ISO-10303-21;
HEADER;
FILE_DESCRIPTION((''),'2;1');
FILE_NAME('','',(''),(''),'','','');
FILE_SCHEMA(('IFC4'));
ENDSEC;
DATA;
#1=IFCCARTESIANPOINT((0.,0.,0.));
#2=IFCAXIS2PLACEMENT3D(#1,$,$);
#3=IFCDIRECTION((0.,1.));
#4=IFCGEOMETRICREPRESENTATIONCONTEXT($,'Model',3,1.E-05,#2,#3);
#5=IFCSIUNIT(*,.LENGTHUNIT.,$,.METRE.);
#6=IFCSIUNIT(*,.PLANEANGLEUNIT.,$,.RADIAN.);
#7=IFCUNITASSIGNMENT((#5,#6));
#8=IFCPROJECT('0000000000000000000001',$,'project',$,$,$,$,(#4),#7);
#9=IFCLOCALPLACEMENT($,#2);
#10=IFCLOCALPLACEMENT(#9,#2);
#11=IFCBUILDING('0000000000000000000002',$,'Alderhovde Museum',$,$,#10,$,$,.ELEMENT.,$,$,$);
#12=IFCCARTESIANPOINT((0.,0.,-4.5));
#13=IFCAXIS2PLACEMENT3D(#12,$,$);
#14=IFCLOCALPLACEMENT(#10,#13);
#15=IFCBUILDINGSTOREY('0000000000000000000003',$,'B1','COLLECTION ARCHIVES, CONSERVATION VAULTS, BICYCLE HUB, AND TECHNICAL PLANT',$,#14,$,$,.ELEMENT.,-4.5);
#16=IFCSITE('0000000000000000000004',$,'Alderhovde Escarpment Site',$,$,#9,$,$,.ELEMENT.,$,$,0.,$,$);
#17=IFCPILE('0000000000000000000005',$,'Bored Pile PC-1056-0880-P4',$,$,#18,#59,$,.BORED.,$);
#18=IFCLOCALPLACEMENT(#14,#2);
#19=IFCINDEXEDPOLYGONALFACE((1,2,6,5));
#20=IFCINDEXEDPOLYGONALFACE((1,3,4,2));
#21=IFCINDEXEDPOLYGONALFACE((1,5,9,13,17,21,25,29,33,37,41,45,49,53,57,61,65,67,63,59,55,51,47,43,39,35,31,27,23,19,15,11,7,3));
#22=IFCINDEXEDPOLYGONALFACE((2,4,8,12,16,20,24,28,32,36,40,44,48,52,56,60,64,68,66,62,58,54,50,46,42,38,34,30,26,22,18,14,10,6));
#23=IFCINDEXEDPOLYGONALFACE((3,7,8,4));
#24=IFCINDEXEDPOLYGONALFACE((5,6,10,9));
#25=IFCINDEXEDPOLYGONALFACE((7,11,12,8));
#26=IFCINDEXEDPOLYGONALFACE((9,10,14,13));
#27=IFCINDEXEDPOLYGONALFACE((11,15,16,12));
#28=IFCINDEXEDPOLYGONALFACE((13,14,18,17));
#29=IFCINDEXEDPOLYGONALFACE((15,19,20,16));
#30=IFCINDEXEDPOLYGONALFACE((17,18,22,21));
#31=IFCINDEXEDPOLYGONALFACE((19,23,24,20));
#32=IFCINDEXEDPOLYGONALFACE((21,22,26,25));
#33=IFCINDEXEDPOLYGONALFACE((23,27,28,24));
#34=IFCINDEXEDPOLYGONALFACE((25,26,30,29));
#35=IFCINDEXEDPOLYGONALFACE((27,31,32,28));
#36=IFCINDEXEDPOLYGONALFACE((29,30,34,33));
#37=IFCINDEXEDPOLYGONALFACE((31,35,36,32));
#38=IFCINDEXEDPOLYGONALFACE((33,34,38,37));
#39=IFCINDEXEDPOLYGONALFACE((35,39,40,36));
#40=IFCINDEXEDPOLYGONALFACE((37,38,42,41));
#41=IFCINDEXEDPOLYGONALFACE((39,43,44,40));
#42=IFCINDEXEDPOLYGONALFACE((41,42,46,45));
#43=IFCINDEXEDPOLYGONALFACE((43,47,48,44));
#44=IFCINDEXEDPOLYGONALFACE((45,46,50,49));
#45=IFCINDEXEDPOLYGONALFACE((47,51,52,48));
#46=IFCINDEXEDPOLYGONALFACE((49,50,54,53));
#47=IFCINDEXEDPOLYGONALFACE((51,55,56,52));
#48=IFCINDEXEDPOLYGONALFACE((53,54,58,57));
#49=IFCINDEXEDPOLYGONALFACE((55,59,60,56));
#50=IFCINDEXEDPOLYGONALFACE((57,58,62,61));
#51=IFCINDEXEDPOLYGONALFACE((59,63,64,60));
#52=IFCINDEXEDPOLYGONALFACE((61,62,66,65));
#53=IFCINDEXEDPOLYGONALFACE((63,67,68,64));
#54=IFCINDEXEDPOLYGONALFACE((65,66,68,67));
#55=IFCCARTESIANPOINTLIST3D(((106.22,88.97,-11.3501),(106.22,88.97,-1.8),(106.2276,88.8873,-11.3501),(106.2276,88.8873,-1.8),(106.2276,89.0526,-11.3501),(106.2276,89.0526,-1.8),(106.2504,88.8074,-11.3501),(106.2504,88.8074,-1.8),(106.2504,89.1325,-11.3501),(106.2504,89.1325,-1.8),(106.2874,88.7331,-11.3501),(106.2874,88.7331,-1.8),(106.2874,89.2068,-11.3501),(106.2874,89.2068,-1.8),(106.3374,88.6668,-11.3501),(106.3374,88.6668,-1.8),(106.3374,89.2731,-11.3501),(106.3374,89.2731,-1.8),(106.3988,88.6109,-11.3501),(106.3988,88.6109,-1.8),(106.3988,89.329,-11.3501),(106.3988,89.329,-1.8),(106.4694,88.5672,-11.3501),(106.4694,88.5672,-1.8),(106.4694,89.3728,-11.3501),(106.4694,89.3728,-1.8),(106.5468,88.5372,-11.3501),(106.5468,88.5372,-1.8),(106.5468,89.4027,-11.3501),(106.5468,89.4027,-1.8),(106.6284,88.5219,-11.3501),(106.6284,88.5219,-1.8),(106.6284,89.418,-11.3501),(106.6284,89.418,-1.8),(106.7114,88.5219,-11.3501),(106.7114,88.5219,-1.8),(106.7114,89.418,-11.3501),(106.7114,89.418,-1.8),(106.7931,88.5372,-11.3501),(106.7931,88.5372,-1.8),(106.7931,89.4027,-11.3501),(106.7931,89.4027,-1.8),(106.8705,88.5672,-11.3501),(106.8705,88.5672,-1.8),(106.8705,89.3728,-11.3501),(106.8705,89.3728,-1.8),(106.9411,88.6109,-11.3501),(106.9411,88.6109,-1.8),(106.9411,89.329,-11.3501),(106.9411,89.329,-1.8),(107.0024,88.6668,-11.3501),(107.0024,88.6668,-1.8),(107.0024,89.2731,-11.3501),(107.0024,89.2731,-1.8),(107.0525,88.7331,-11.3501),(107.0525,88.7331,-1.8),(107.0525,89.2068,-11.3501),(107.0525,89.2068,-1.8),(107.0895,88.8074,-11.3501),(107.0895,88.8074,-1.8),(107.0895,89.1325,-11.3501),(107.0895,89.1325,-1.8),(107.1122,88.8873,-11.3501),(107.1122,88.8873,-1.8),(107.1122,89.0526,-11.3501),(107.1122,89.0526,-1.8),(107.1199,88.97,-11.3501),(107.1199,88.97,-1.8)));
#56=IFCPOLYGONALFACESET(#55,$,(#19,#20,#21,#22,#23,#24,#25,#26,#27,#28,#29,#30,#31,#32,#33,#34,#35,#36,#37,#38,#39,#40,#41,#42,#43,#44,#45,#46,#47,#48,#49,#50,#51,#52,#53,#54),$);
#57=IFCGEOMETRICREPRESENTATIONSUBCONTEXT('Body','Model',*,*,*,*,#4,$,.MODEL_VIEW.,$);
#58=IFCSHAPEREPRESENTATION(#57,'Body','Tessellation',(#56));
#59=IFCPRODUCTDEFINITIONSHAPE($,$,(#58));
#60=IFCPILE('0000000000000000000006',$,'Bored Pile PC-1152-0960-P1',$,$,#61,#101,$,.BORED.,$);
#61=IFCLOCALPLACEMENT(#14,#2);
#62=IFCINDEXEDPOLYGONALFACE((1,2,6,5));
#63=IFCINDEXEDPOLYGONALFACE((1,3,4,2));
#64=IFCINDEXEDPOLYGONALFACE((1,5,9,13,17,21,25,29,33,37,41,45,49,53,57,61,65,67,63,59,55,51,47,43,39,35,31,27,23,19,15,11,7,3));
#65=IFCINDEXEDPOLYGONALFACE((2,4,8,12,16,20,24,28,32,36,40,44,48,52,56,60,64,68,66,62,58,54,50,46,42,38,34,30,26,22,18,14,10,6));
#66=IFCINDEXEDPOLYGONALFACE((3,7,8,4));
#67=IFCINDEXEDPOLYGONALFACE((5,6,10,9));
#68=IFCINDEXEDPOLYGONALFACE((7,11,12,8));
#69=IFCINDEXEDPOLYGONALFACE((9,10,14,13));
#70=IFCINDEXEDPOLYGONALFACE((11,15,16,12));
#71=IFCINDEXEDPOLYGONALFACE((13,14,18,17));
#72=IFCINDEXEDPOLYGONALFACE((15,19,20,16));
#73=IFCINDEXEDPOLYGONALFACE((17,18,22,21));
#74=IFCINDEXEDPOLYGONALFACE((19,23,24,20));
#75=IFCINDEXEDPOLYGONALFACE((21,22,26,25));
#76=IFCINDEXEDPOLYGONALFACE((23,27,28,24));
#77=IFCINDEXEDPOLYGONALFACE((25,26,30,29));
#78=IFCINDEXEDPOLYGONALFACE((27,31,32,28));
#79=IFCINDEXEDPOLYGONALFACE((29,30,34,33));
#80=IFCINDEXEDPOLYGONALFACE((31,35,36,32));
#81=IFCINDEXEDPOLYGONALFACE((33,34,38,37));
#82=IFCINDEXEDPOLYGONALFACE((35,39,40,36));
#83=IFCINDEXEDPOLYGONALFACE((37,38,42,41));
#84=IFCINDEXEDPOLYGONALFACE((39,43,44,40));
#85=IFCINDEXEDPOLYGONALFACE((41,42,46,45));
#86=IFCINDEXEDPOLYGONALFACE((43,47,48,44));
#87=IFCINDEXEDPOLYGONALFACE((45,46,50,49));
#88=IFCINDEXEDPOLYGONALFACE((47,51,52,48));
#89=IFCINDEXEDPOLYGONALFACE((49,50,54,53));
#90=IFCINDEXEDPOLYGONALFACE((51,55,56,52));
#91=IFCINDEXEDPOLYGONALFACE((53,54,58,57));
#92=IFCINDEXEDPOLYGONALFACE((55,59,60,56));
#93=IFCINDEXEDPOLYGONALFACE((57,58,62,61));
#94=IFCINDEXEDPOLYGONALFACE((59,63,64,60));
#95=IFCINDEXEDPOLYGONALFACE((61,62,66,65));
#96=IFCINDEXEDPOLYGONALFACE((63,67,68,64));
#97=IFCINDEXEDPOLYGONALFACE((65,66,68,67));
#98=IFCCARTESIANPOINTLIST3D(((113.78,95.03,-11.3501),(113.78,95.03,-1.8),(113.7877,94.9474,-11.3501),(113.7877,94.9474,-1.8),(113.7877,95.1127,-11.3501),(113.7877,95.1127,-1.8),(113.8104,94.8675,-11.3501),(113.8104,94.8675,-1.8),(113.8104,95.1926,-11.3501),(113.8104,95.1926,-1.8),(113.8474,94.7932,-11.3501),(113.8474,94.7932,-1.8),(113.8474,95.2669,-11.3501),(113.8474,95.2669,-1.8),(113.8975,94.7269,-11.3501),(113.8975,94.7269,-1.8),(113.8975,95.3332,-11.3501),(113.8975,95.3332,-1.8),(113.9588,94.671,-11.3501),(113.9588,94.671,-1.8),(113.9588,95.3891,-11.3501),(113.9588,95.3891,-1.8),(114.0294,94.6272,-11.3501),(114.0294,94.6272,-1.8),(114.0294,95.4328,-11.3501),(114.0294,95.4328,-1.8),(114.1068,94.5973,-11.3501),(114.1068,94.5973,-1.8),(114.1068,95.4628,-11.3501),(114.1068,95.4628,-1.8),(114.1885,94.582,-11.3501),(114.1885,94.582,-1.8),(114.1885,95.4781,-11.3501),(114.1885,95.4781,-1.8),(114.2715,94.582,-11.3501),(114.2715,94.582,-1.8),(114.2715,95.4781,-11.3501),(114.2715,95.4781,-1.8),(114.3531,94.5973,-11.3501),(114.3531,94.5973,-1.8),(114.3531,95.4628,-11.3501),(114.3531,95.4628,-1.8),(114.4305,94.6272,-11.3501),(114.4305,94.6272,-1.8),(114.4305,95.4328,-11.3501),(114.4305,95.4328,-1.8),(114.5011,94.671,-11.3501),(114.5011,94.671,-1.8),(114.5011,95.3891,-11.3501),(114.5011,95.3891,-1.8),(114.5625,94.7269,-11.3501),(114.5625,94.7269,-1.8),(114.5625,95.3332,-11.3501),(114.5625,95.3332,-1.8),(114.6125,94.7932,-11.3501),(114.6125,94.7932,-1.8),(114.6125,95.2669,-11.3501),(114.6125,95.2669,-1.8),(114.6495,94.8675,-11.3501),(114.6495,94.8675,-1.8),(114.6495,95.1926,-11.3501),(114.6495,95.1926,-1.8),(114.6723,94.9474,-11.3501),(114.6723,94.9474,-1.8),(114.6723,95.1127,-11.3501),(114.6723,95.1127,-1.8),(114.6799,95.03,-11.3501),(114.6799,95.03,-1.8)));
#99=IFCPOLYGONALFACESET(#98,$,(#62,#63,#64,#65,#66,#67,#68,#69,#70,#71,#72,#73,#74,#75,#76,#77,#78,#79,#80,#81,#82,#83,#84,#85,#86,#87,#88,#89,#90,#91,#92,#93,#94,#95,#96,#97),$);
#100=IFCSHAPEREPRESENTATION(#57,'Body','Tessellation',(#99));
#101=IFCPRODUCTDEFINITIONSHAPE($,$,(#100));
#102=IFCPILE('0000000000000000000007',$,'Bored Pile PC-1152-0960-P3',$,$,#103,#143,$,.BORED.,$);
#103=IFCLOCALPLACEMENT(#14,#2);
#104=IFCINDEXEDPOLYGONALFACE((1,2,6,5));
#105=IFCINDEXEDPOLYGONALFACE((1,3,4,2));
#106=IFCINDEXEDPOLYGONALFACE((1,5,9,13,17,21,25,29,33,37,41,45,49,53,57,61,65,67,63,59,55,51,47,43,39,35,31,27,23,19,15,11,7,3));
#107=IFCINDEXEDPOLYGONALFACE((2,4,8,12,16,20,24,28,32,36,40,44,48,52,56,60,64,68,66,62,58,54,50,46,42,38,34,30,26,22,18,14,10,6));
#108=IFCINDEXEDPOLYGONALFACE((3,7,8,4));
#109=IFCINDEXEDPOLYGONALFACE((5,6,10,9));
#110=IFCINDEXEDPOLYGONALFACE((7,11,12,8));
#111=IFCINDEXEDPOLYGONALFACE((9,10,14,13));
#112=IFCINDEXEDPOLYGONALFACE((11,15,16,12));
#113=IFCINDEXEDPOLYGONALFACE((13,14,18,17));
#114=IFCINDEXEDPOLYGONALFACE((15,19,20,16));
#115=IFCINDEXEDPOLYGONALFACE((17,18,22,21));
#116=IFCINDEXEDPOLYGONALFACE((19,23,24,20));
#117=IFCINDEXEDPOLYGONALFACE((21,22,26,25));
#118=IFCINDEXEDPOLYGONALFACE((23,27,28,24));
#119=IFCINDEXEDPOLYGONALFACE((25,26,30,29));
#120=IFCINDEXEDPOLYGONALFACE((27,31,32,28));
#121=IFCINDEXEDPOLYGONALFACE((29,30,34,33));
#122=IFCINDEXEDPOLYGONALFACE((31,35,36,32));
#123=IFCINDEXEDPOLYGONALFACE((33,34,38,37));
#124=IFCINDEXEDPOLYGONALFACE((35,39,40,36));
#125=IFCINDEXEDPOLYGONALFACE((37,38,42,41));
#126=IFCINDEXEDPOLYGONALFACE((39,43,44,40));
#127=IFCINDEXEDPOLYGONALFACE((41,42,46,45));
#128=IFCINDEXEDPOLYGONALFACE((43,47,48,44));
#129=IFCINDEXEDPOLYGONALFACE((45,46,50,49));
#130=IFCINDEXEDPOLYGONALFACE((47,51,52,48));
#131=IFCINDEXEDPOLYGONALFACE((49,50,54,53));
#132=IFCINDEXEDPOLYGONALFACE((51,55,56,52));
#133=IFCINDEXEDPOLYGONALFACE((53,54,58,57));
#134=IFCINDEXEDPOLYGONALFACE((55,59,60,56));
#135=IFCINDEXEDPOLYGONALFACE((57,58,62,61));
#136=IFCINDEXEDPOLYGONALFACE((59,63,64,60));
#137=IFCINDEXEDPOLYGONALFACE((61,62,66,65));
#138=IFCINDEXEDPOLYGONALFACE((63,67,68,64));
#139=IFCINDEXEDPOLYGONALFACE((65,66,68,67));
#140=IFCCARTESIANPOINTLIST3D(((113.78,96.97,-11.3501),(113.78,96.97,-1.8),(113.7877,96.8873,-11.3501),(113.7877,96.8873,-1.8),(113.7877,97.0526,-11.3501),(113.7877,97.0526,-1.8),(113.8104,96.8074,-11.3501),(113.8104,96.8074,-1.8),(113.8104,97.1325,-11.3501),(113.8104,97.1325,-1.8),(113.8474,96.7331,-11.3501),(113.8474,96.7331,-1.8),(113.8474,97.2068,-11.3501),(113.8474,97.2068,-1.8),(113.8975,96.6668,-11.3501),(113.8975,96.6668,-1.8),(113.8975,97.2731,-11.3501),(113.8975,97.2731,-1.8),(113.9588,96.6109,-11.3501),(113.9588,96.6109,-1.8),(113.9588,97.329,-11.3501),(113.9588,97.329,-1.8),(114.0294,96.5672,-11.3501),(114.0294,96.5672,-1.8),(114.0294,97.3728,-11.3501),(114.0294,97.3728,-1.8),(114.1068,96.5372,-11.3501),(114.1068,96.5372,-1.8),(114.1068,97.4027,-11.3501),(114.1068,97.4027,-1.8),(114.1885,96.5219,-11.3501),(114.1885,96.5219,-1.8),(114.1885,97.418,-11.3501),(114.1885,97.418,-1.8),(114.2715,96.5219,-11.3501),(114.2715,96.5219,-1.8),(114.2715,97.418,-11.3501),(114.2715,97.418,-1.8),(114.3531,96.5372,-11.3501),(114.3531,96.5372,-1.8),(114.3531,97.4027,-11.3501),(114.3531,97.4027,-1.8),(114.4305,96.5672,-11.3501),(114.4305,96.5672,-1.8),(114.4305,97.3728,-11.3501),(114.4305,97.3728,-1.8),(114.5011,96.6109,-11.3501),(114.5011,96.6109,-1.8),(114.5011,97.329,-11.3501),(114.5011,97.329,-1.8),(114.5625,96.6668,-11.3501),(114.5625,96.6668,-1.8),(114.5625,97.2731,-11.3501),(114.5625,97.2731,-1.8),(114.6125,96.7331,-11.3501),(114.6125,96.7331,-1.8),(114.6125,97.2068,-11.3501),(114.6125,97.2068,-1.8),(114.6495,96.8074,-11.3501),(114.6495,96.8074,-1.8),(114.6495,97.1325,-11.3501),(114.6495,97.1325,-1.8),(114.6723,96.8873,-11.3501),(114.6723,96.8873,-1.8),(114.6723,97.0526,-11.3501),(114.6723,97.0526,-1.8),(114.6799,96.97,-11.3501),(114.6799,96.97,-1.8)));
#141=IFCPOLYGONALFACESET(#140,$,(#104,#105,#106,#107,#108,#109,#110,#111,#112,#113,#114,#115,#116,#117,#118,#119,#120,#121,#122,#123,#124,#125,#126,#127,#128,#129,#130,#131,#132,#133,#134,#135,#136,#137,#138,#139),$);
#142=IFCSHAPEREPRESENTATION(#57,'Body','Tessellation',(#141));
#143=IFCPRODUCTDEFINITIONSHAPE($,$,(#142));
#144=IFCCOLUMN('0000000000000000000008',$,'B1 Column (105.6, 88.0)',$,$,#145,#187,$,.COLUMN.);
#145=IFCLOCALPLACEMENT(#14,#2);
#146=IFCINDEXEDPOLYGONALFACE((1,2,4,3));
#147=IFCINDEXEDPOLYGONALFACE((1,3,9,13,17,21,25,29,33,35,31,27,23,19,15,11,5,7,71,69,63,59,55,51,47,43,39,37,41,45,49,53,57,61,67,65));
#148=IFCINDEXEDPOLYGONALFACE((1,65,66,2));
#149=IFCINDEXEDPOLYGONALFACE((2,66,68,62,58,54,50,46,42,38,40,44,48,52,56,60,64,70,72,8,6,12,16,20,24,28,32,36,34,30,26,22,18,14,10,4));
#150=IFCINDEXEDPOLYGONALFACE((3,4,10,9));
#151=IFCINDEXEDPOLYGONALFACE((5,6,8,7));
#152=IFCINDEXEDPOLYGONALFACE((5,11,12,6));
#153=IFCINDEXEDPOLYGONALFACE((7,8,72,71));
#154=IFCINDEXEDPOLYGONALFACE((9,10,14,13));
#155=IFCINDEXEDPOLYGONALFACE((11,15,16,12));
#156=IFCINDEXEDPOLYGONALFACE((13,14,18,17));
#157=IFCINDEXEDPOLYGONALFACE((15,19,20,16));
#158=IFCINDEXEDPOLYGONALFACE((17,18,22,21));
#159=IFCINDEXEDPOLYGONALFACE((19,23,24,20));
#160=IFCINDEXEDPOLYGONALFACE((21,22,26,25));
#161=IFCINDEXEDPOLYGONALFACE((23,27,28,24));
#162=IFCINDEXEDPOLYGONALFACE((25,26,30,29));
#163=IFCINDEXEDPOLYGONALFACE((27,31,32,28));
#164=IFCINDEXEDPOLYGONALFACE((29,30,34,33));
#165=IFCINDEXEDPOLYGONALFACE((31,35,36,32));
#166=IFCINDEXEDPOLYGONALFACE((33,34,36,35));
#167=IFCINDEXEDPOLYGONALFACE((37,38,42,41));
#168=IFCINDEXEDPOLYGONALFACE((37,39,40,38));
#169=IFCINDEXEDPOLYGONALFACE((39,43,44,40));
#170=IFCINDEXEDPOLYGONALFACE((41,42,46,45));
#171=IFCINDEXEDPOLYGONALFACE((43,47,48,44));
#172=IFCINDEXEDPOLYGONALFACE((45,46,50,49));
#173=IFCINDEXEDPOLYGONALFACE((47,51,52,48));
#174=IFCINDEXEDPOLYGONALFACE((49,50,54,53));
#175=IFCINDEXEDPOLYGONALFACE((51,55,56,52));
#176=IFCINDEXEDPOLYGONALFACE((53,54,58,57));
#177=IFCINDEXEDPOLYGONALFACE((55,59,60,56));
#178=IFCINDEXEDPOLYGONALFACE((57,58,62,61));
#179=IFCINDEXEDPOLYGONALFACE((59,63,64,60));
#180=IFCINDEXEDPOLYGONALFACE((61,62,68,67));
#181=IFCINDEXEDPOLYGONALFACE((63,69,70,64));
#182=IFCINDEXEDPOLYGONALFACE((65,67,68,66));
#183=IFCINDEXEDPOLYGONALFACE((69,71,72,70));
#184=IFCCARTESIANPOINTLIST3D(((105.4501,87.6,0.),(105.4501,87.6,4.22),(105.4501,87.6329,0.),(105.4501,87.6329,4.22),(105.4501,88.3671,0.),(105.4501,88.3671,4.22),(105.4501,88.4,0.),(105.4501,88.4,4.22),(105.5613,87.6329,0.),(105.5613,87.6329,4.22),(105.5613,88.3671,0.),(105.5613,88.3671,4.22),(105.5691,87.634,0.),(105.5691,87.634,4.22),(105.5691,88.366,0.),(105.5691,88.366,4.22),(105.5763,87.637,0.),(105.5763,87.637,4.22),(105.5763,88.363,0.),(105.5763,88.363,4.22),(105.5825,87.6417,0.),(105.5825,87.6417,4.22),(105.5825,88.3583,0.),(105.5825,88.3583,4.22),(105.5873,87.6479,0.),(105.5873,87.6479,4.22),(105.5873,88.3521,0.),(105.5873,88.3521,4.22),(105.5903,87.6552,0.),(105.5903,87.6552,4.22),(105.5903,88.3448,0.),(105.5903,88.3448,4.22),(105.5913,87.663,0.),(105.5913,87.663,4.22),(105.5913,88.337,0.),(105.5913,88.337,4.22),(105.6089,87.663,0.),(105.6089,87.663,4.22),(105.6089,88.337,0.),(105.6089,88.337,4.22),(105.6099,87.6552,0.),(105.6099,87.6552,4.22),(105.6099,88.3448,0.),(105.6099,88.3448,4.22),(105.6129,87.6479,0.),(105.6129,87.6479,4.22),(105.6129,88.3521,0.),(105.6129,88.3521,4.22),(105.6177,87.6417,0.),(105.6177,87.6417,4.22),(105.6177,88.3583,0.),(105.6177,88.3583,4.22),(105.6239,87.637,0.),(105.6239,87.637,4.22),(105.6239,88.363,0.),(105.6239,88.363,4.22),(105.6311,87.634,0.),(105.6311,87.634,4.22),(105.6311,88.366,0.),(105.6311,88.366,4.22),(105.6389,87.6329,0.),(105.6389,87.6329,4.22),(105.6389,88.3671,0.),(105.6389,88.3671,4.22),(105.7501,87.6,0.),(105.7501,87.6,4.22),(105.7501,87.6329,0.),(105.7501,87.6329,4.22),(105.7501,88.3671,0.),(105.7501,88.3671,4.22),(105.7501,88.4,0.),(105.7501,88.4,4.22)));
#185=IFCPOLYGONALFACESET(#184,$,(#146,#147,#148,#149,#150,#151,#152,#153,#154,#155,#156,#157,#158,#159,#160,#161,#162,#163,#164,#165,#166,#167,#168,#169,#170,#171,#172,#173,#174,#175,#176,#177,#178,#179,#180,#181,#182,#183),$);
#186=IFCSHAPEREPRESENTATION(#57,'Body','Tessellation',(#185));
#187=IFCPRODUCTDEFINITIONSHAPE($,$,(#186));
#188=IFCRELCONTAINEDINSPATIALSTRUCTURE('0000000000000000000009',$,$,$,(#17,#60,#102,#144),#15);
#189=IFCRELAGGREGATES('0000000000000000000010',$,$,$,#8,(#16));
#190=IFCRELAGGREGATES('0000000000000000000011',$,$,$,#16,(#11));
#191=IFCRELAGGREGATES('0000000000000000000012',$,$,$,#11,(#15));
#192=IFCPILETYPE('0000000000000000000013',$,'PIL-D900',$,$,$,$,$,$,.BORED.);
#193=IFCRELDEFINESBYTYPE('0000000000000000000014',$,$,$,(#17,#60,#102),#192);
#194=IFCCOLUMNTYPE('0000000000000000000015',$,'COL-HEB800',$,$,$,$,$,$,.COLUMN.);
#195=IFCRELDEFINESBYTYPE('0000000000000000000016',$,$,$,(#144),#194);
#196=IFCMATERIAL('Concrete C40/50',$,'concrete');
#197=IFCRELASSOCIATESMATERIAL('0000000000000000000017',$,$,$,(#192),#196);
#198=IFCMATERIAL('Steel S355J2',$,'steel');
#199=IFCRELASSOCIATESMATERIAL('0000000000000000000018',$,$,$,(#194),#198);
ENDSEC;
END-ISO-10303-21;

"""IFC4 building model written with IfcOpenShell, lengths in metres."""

from ifc_helpers import new_model, si_unit, direction, frame, origin, origin_2d, place, context, subcontext, project, spatial, circle, i_section, extrude, material, material_profile, profile_set, type_object, element, save


model = new_model("IFC4")

# Units and contexts
model_context = context("Model", 3, precision=1e-05, world=origin(), true_north=direction((0.0, 1.0)))
body_context = subcontext(model_context, "Body", "Model", "MODEL_VIEW")
ifc_project = project(units=[si_unit("LENGTHUNIT", "METRE"), si_unit("PLANEANGLEUNIT", "RADIAN")], contexts=[model_context])

# Site, building, storey
site_placement = place(None, origin())
site = spatial("IfcSite", under=ifc_project, at=site_placement, Name="Alderhovde Escarpment Site", CompositionType="ELEMENT", RefElevation=0.0)
building_placement = place(site_placement, origin())
building = spatial("IfcBuilding", under=site, at=building_placement, Name="Alderhovde Museum", CompositionType="ELEMENT")
storey_placement = place(building_placement, frame((0.0, 0.0, -4.5)))
storey = spatial("IfcBuildingStorey", under=building, at=storey_placement, Name="B1", Description="COLLECTION ARCHIVES, CONSERVATION VAULTS, BICYCLE HUB, AND TECHNICAL PLANT", CompositionType="ELEMENT", Elevation=-4.5)

# Piles
ifc_material_1 = material(Name="Concrete C40/50", Category="concrete")
ifc_material_profile_1 = material_profile(ifc_material_1, circle(Radius=0.45, at=origin_2d()), Name="PILE-D900")
ifc_profile_set_1 = profile_set([ifc_material_profile_1], Name="Concrete C40/50")
pile_type_1 = type_object("IfcPileType", Name="PIL-D900", PredefinedType="BORED", material=ifc_profile_set_1)
for number, where, z_axis, x_axis, name in (
    (1, (106.6699, 88.97, -1.8), (0.0, 0.0, -1.0), (1.0, 0.0, 0.0), "Bored Pile PC-1056-0880-P4"),
    (2, (114.23, 95.03, -1.8), (0.0, 0.0, -1.0), (1.0, 0.0, 0.0), "Bored Pile PC-1152-0960-P1"),
    (3, (114.23, 96.97, -1.8), (0.0, 0.0, -1.0), (1.0, 0.0, 0.0), "Bored Pile PC-1152-0960-P3"),
):
    element("IfcPile", number, at=place(storey_placement, frame(where, z_axis=z_axis, x_axis=x_axis)), inside=storey, type_object=pile_type_1, Name=name, PredefinedType="BORED", context=body_context, shape_type="SweptSolid", body=[
        extrude(circle(Radius=0.45, at=origin_2d()), origin(), (0.0, 0.0, 1.0), 9.55),
    ])

# Column
ifc_material_2 = material(Name="Steel S355J2", Category="steel")
ifc_material_profile_2 = material_profile(ifc_material_2, i_section(OverallWidth=0.3, OverallDepth=0.8, WebThickness=0.0176, FlangeThickness=0.033, FilletRadius=0.03, at=origin_2d()), Name="HEB 800")
ifc_profile_set_2 = profile_set([ifc_material_profile_2], Name="Steel S355J2")
column_type_1 = type_object("IfcColumnType", Name="COL-HEB800", PredefinedType="COLUMN", material=ifc_profile_set_2)
for number, where, z_axis, x_axis, name in (
    (4, (105.6001, 88.0, 0.0), (0.0, 0.0, 1.0), (1.0, 0.0, 0.0), "B1 Column (105.6, 88.0)"),
):
    element("IfcColumn", number, at=place(storey_placement, frame(where, z_axis=z_axis, x_axis=x_axis)), inside=storey, type_object=column_type_1, Name=name, PredefinedType="COLUMN", context=body_context, shape_type="SweptSolid", body=[
        extrude(i_section(OverallWidth=0.3, OverallDepth=0.8, WebThickness=0.0176, FlangeThickness=0.033, FilletRadius=0.03, at=origin_2d()), origin(), (0.0, 0.0, 1.0), 4.22),
    ])

save(model, "model.ifc")
